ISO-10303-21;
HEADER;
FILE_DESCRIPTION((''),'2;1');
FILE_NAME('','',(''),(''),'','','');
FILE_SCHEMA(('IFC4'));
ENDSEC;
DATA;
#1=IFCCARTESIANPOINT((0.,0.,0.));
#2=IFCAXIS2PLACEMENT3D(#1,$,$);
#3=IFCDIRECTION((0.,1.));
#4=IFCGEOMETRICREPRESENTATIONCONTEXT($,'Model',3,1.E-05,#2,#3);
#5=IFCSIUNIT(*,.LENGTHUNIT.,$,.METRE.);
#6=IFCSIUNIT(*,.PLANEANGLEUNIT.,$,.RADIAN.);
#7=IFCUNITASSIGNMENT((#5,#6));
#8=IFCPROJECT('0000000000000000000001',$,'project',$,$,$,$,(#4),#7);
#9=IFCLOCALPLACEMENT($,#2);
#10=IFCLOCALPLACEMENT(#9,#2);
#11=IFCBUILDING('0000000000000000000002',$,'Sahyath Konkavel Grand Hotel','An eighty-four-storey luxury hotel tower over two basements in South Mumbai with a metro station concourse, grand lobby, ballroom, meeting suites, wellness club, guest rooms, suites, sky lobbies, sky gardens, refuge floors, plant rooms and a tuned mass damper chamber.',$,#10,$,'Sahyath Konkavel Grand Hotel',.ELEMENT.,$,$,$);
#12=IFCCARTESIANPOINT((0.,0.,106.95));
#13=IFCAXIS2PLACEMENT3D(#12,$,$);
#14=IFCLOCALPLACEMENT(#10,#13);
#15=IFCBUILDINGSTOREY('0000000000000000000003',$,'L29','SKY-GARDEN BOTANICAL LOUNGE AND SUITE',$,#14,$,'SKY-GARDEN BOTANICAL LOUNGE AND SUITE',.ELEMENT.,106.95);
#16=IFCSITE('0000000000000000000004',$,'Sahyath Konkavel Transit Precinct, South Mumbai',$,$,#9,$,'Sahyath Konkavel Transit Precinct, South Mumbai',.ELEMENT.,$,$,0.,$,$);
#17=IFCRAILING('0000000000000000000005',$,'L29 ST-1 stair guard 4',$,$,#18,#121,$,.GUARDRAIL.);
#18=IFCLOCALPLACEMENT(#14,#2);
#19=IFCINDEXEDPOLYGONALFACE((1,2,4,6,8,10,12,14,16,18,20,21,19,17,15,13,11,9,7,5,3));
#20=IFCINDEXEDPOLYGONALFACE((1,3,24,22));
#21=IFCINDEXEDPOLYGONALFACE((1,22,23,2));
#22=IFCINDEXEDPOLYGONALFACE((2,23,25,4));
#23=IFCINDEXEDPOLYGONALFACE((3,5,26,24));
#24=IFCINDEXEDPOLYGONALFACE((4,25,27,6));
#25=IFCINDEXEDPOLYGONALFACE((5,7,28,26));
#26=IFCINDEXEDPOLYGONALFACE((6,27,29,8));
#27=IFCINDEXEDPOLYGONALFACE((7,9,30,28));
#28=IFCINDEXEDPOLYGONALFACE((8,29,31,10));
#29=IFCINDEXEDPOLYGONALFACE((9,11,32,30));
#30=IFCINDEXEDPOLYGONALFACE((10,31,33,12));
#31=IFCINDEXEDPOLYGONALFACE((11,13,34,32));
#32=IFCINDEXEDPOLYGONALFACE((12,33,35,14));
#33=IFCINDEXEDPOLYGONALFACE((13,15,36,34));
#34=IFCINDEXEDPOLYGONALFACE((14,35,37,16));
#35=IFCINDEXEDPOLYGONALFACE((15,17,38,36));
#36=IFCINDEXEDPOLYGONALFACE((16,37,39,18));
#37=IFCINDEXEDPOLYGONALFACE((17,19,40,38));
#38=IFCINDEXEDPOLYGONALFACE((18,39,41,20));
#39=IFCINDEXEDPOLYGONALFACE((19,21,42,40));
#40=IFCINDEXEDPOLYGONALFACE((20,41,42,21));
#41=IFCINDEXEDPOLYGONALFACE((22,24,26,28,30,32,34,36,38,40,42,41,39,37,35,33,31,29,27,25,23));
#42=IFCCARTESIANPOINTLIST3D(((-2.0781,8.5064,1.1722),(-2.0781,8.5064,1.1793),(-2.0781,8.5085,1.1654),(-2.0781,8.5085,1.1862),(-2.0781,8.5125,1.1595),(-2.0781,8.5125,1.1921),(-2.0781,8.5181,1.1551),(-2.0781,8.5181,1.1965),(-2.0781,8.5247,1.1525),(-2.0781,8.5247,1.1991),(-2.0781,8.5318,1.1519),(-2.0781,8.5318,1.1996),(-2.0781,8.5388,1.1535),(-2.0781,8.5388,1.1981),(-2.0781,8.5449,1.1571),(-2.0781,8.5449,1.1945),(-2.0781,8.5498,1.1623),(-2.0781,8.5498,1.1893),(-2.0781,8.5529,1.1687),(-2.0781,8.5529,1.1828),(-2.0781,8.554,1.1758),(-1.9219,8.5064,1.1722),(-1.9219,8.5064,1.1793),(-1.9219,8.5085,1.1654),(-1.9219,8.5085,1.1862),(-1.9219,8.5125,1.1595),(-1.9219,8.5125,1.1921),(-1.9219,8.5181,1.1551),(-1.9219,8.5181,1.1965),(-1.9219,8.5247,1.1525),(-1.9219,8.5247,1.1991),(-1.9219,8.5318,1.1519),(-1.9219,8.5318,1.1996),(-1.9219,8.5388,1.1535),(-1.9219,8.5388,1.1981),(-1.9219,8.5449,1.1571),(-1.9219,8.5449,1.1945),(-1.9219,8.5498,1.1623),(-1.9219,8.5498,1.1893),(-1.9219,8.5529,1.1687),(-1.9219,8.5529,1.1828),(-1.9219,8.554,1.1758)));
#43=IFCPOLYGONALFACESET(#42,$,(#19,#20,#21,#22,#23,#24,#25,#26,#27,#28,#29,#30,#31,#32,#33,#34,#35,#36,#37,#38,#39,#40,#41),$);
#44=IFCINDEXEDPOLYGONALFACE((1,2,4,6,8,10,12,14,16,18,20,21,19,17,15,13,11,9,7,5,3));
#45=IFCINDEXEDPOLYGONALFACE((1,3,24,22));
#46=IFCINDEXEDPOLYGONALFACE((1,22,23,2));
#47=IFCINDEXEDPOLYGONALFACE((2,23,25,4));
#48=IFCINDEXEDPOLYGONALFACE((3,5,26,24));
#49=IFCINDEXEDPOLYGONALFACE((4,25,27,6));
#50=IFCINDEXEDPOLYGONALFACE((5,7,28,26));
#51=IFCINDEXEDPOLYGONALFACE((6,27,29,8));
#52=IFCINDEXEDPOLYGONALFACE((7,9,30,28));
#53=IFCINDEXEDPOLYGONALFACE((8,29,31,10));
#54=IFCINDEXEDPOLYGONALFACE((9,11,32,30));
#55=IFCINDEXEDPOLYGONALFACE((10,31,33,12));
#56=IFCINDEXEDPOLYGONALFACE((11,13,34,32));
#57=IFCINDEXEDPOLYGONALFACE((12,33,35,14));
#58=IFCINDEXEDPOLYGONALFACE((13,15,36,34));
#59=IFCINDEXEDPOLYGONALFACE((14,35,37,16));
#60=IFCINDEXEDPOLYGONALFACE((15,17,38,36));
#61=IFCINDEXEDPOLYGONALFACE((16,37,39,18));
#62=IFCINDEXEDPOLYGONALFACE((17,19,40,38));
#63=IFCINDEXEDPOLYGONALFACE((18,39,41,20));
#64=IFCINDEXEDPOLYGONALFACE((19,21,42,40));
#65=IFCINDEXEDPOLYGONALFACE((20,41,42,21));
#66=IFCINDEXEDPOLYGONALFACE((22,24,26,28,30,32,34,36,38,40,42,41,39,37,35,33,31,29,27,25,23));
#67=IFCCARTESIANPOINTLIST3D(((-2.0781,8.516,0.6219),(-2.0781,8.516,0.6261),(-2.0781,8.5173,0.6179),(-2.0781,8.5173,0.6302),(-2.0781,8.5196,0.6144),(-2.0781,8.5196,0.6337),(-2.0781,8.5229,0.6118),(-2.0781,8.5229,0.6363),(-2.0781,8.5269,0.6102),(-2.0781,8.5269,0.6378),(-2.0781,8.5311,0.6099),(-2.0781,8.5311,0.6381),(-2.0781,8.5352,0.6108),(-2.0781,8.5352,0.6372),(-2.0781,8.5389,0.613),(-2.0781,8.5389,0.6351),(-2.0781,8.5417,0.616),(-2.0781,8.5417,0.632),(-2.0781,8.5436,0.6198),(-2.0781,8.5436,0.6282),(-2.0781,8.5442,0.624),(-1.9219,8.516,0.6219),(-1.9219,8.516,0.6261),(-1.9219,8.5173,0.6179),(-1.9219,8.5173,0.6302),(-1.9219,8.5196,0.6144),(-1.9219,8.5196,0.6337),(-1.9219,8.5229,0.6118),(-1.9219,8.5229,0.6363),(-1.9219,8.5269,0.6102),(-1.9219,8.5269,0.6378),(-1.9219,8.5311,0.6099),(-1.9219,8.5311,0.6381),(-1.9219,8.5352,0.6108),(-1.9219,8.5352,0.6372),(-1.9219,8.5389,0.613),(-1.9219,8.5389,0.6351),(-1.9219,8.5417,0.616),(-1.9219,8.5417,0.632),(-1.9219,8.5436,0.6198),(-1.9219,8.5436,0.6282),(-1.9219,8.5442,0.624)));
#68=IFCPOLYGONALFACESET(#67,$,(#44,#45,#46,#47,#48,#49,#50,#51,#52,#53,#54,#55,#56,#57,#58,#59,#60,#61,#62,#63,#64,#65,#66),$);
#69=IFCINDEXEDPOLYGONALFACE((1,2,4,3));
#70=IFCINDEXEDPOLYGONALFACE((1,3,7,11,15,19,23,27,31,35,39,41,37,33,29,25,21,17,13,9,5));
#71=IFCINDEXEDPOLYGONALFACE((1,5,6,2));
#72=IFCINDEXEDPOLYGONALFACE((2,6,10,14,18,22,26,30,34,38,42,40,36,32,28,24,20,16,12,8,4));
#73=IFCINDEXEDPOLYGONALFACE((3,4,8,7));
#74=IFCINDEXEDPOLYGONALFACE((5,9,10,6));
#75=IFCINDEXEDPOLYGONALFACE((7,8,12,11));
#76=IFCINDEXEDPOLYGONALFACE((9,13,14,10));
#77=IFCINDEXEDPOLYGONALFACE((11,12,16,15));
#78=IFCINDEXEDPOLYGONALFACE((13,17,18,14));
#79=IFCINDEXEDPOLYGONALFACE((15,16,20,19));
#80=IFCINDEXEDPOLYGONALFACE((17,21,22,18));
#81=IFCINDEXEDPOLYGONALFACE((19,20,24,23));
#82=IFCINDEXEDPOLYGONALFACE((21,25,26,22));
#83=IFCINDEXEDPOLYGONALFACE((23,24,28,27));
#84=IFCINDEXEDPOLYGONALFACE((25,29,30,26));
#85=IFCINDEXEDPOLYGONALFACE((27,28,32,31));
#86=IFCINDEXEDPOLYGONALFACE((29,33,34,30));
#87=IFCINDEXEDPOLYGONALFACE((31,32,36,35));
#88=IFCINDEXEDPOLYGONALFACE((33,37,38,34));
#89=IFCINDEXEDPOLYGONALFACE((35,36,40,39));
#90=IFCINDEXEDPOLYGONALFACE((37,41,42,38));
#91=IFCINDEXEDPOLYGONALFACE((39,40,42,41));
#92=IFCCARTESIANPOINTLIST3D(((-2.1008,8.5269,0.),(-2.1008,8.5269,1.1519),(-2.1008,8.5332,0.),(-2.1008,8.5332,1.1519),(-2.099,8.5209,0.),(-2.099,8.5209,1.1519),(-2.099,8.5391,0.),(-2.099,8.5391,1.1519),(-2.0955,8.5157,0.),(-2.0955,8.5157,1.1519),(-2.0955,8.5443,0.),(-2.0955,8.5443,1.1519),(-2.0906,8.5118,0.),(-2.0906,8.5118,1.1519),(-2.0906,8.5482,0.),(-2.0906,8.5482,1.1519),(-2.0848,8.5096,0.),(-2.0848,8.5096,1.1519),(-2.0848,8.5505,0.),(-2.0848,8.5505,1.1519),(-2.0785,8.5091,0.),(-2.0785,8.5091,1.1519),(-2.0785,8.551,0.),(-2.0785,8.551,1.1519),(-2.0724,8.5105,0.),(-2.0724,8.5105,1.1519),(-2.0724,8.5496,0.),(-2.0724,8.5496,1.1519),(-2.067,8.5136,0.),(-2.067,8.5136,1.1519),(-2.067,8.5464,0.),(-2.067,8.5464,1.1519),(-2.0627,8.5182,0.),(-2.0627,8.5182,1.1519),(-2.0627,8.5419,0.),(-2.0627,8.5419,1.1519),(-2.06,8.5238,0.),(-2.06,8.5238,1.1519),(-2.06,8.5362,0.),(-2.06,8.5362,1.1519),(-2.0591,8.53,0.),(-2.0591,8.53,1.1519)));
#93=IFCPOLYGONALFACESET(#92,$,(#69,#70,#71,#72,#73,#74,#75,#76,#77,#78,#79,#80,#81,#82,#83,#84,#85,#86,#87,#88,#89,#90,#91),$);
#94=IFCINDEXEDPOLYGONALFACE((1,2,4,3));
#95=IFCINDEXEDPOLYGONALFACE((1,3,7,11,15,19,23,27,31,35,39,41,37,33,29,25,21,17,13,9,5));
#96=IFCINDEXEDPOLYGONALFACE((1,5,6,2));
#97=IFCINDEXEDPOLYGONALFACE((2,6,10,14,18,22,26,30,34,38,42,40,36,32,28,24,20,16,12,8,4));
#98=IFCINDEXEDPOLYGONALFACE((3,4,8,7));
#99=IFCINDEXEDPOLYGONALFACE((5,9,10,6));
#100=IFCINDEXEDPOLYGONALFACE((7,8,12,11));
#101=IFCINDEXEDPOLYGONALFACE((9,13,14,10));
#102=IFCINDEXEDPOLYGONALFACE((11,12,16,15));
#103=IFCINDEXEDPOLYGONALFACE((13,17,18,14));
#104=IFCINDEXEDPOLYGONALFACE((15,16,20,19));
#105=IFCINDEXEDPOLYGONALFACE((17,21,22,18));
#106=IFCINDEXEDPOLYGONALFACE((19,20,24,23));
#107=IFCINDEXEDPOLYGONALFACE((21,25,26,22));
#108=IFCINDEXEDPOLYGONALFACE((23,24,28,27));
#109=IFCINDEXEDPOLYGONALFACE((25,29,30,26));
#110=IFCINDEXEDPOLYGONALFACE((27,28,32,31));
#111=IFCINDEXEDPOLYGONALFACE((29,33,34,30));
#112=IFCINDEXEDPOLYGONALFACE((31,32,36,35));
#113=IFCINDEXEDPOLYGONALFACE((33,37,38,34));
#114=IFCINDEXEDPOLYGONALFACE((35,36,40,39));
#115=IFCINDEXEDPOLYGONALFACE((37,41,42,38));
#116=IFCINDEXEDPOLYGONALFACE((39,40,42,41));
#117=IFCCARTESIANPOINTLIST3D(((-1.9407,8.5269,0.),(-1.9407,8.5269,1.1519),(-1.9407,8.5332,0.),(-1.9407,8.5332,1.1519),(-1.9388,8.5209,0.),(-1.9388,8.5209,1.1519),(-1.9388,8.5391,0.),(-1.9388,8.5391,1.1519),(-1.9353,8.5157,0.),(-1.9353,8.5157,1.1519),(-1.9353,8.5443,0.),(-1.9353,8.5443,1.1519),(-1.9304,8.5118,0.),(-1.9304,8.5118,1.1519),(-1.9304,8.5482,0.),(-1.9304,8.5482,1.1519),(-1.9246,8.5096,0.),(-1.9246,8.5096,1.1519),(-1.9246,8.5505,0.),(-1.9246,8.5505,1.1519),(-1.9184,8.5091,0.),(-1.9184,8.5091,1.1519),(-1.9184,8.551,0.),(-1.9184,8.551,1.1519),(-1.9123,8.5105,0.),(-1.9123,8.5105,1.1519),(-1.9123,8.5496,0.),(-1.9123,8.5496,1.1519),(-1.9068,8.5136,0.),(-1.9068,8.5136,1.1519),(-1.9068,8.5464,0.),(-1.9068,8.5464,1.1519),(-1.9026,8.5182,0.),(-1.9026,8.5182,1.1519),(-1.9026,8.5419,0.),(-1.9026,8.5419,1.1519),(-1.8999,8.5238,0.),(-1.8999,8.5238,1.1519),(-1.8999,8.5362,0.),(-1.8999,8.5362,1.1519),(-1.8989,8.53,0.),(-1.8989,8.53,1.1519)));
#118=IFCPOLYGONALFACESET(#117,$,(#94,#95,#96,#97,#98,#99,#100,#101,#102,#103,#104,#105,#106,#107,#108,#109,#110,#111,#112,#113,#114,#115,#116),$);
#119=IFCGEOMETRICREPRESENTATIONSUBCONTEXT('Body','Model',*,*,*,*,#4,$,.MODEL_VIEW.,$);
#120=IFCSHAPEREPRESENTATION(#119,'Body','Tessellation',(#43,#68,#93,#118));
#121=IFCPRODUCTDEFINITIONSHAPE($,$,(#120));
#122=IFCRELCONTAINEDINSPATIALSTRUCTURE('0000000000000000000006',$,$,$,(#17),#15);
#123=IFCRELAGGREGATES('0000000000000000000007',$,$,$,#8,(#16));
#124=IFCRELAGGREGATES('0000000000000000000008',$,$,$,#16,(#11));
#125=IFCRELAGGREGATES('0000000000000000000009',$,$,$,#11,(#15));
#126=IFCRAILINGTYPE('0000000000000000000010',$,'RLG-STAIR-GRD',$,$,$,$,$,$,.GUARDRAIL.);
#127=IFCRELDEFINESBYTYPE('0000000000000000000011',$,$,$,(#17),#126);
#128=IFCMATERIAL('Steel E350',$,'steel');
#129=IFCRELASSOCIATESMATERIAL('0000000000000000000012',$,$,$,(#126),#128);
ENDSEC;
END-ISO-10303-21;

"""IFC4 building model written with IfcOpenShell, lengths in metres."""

from ifc_helpers import new_model, si_unit, direction, frame, origin, origin_2d, place, context, subcontext, project, spatial, circle, extrude, material, type_object, element, save


model = new_model("IFC4")

# Units and contexts
model_context = context("Model", 3, precision=1e-05, world=origin(), true_north=direction((0.0, 1.0)))
body_context = subcontext(model_context, "Body", "Model", "MODEL_VIEW")
ifc_project = project(units=[si_unit("LENGTHUNIT", "METRE"), si_unit("PLANEANGLEUNIT", "RADIAN")], contexts=[model_context])

# Site, building, storey
site_placement = place(None, origin())
site = spatial("IfcSite", under=ifc_project, at=site_placement, Name="Sahyath Konkavel Transit Precinct, South Mumbai", LongName="Sahyath Konkavel Transit Precinct, South Mumbai", CompositionType="ELEMENT", RefElevation=0.0)
building_placement = place(site_placement, origin())
building = spatial("IfcBuilding", under=site, at=building_placement, Name="Sahyath Konkavel Grand Hotel", Description="An eighty-four-storey luxury hotel tower over two basements in South Mumbai with a metro station concourse, grand lobby, ballroom, meeting suites, wellness club, guest rooms, suites, sky lobbies, sky gardens, refuge floors, plant rooms and a tuned mass damper chamber.", LongName="Sahyath Konkavel Grand Hotel", CompositionType="ELEMENT")
storey_placement = place(building_placement, frame((0.0, 0.0, 106.95)))
storey = spatial("IfcBuildingStorey", under=building, at=storey_placement, Name="L29", Description="SKY-GARDEN BOTANICAL LOUNGE AND SUITE", LongName="SKY-GARDEN BOTANICAL LOUNGE AND SUITE", CompositionType="ELEMENT", Elevation=106.95)

# Shared definitions
ifc_material_1 = material(Name="Steel E350", Category="steel")

# Railing
railing_type_1 = type_object("IfcRailingType", Name="RLG-STAIR-GRD", PredefinedType="GUARDRAIL", material=ifc_material_1)
railing_1_placement = place(storey_placement, frame((-2.0801, 8.53, 0.0)))
element("IfcRailing", 1, at=railing_1_placement, inside=storey, type_object=railing_type_1, Name="L29 ST-1 stair guard 4", PredefinedType="GUARDRAIL", context=body_context, shape_type="SweptSolid", body=[
    extrude(circle(Radius=0.0239, at=origin_2d()), frame((0.002, 0.0, 1.1758), z_axis=(1.0, 0.0, 0.0), x_axis=(0.0, 1.0, 0.0)), (0.0, 0.0, 1.0), 0.1562),
    extrude(circle(Radius=0.0142, at=origin_2d()), frame((0.002, 0.0, 0.624), z_axis=(1.0, 0.0, 0.0), x_axis=(0.0, 1.0, 0.0)), (0.0, 0.0, 1.0), 0.1562),
    extrude(circle(Radius=0.021, at=origin_2d()), origin(), (0.0, 0.0, 1.0), 1.1519),
    extrude(circle(Radius=0.021, at=origin_2d()), frame((0.1602, 0.0, 0.0)), (0.0, 0.0, 1.0), 1.1519),
])

save(model, "model.ifc")
